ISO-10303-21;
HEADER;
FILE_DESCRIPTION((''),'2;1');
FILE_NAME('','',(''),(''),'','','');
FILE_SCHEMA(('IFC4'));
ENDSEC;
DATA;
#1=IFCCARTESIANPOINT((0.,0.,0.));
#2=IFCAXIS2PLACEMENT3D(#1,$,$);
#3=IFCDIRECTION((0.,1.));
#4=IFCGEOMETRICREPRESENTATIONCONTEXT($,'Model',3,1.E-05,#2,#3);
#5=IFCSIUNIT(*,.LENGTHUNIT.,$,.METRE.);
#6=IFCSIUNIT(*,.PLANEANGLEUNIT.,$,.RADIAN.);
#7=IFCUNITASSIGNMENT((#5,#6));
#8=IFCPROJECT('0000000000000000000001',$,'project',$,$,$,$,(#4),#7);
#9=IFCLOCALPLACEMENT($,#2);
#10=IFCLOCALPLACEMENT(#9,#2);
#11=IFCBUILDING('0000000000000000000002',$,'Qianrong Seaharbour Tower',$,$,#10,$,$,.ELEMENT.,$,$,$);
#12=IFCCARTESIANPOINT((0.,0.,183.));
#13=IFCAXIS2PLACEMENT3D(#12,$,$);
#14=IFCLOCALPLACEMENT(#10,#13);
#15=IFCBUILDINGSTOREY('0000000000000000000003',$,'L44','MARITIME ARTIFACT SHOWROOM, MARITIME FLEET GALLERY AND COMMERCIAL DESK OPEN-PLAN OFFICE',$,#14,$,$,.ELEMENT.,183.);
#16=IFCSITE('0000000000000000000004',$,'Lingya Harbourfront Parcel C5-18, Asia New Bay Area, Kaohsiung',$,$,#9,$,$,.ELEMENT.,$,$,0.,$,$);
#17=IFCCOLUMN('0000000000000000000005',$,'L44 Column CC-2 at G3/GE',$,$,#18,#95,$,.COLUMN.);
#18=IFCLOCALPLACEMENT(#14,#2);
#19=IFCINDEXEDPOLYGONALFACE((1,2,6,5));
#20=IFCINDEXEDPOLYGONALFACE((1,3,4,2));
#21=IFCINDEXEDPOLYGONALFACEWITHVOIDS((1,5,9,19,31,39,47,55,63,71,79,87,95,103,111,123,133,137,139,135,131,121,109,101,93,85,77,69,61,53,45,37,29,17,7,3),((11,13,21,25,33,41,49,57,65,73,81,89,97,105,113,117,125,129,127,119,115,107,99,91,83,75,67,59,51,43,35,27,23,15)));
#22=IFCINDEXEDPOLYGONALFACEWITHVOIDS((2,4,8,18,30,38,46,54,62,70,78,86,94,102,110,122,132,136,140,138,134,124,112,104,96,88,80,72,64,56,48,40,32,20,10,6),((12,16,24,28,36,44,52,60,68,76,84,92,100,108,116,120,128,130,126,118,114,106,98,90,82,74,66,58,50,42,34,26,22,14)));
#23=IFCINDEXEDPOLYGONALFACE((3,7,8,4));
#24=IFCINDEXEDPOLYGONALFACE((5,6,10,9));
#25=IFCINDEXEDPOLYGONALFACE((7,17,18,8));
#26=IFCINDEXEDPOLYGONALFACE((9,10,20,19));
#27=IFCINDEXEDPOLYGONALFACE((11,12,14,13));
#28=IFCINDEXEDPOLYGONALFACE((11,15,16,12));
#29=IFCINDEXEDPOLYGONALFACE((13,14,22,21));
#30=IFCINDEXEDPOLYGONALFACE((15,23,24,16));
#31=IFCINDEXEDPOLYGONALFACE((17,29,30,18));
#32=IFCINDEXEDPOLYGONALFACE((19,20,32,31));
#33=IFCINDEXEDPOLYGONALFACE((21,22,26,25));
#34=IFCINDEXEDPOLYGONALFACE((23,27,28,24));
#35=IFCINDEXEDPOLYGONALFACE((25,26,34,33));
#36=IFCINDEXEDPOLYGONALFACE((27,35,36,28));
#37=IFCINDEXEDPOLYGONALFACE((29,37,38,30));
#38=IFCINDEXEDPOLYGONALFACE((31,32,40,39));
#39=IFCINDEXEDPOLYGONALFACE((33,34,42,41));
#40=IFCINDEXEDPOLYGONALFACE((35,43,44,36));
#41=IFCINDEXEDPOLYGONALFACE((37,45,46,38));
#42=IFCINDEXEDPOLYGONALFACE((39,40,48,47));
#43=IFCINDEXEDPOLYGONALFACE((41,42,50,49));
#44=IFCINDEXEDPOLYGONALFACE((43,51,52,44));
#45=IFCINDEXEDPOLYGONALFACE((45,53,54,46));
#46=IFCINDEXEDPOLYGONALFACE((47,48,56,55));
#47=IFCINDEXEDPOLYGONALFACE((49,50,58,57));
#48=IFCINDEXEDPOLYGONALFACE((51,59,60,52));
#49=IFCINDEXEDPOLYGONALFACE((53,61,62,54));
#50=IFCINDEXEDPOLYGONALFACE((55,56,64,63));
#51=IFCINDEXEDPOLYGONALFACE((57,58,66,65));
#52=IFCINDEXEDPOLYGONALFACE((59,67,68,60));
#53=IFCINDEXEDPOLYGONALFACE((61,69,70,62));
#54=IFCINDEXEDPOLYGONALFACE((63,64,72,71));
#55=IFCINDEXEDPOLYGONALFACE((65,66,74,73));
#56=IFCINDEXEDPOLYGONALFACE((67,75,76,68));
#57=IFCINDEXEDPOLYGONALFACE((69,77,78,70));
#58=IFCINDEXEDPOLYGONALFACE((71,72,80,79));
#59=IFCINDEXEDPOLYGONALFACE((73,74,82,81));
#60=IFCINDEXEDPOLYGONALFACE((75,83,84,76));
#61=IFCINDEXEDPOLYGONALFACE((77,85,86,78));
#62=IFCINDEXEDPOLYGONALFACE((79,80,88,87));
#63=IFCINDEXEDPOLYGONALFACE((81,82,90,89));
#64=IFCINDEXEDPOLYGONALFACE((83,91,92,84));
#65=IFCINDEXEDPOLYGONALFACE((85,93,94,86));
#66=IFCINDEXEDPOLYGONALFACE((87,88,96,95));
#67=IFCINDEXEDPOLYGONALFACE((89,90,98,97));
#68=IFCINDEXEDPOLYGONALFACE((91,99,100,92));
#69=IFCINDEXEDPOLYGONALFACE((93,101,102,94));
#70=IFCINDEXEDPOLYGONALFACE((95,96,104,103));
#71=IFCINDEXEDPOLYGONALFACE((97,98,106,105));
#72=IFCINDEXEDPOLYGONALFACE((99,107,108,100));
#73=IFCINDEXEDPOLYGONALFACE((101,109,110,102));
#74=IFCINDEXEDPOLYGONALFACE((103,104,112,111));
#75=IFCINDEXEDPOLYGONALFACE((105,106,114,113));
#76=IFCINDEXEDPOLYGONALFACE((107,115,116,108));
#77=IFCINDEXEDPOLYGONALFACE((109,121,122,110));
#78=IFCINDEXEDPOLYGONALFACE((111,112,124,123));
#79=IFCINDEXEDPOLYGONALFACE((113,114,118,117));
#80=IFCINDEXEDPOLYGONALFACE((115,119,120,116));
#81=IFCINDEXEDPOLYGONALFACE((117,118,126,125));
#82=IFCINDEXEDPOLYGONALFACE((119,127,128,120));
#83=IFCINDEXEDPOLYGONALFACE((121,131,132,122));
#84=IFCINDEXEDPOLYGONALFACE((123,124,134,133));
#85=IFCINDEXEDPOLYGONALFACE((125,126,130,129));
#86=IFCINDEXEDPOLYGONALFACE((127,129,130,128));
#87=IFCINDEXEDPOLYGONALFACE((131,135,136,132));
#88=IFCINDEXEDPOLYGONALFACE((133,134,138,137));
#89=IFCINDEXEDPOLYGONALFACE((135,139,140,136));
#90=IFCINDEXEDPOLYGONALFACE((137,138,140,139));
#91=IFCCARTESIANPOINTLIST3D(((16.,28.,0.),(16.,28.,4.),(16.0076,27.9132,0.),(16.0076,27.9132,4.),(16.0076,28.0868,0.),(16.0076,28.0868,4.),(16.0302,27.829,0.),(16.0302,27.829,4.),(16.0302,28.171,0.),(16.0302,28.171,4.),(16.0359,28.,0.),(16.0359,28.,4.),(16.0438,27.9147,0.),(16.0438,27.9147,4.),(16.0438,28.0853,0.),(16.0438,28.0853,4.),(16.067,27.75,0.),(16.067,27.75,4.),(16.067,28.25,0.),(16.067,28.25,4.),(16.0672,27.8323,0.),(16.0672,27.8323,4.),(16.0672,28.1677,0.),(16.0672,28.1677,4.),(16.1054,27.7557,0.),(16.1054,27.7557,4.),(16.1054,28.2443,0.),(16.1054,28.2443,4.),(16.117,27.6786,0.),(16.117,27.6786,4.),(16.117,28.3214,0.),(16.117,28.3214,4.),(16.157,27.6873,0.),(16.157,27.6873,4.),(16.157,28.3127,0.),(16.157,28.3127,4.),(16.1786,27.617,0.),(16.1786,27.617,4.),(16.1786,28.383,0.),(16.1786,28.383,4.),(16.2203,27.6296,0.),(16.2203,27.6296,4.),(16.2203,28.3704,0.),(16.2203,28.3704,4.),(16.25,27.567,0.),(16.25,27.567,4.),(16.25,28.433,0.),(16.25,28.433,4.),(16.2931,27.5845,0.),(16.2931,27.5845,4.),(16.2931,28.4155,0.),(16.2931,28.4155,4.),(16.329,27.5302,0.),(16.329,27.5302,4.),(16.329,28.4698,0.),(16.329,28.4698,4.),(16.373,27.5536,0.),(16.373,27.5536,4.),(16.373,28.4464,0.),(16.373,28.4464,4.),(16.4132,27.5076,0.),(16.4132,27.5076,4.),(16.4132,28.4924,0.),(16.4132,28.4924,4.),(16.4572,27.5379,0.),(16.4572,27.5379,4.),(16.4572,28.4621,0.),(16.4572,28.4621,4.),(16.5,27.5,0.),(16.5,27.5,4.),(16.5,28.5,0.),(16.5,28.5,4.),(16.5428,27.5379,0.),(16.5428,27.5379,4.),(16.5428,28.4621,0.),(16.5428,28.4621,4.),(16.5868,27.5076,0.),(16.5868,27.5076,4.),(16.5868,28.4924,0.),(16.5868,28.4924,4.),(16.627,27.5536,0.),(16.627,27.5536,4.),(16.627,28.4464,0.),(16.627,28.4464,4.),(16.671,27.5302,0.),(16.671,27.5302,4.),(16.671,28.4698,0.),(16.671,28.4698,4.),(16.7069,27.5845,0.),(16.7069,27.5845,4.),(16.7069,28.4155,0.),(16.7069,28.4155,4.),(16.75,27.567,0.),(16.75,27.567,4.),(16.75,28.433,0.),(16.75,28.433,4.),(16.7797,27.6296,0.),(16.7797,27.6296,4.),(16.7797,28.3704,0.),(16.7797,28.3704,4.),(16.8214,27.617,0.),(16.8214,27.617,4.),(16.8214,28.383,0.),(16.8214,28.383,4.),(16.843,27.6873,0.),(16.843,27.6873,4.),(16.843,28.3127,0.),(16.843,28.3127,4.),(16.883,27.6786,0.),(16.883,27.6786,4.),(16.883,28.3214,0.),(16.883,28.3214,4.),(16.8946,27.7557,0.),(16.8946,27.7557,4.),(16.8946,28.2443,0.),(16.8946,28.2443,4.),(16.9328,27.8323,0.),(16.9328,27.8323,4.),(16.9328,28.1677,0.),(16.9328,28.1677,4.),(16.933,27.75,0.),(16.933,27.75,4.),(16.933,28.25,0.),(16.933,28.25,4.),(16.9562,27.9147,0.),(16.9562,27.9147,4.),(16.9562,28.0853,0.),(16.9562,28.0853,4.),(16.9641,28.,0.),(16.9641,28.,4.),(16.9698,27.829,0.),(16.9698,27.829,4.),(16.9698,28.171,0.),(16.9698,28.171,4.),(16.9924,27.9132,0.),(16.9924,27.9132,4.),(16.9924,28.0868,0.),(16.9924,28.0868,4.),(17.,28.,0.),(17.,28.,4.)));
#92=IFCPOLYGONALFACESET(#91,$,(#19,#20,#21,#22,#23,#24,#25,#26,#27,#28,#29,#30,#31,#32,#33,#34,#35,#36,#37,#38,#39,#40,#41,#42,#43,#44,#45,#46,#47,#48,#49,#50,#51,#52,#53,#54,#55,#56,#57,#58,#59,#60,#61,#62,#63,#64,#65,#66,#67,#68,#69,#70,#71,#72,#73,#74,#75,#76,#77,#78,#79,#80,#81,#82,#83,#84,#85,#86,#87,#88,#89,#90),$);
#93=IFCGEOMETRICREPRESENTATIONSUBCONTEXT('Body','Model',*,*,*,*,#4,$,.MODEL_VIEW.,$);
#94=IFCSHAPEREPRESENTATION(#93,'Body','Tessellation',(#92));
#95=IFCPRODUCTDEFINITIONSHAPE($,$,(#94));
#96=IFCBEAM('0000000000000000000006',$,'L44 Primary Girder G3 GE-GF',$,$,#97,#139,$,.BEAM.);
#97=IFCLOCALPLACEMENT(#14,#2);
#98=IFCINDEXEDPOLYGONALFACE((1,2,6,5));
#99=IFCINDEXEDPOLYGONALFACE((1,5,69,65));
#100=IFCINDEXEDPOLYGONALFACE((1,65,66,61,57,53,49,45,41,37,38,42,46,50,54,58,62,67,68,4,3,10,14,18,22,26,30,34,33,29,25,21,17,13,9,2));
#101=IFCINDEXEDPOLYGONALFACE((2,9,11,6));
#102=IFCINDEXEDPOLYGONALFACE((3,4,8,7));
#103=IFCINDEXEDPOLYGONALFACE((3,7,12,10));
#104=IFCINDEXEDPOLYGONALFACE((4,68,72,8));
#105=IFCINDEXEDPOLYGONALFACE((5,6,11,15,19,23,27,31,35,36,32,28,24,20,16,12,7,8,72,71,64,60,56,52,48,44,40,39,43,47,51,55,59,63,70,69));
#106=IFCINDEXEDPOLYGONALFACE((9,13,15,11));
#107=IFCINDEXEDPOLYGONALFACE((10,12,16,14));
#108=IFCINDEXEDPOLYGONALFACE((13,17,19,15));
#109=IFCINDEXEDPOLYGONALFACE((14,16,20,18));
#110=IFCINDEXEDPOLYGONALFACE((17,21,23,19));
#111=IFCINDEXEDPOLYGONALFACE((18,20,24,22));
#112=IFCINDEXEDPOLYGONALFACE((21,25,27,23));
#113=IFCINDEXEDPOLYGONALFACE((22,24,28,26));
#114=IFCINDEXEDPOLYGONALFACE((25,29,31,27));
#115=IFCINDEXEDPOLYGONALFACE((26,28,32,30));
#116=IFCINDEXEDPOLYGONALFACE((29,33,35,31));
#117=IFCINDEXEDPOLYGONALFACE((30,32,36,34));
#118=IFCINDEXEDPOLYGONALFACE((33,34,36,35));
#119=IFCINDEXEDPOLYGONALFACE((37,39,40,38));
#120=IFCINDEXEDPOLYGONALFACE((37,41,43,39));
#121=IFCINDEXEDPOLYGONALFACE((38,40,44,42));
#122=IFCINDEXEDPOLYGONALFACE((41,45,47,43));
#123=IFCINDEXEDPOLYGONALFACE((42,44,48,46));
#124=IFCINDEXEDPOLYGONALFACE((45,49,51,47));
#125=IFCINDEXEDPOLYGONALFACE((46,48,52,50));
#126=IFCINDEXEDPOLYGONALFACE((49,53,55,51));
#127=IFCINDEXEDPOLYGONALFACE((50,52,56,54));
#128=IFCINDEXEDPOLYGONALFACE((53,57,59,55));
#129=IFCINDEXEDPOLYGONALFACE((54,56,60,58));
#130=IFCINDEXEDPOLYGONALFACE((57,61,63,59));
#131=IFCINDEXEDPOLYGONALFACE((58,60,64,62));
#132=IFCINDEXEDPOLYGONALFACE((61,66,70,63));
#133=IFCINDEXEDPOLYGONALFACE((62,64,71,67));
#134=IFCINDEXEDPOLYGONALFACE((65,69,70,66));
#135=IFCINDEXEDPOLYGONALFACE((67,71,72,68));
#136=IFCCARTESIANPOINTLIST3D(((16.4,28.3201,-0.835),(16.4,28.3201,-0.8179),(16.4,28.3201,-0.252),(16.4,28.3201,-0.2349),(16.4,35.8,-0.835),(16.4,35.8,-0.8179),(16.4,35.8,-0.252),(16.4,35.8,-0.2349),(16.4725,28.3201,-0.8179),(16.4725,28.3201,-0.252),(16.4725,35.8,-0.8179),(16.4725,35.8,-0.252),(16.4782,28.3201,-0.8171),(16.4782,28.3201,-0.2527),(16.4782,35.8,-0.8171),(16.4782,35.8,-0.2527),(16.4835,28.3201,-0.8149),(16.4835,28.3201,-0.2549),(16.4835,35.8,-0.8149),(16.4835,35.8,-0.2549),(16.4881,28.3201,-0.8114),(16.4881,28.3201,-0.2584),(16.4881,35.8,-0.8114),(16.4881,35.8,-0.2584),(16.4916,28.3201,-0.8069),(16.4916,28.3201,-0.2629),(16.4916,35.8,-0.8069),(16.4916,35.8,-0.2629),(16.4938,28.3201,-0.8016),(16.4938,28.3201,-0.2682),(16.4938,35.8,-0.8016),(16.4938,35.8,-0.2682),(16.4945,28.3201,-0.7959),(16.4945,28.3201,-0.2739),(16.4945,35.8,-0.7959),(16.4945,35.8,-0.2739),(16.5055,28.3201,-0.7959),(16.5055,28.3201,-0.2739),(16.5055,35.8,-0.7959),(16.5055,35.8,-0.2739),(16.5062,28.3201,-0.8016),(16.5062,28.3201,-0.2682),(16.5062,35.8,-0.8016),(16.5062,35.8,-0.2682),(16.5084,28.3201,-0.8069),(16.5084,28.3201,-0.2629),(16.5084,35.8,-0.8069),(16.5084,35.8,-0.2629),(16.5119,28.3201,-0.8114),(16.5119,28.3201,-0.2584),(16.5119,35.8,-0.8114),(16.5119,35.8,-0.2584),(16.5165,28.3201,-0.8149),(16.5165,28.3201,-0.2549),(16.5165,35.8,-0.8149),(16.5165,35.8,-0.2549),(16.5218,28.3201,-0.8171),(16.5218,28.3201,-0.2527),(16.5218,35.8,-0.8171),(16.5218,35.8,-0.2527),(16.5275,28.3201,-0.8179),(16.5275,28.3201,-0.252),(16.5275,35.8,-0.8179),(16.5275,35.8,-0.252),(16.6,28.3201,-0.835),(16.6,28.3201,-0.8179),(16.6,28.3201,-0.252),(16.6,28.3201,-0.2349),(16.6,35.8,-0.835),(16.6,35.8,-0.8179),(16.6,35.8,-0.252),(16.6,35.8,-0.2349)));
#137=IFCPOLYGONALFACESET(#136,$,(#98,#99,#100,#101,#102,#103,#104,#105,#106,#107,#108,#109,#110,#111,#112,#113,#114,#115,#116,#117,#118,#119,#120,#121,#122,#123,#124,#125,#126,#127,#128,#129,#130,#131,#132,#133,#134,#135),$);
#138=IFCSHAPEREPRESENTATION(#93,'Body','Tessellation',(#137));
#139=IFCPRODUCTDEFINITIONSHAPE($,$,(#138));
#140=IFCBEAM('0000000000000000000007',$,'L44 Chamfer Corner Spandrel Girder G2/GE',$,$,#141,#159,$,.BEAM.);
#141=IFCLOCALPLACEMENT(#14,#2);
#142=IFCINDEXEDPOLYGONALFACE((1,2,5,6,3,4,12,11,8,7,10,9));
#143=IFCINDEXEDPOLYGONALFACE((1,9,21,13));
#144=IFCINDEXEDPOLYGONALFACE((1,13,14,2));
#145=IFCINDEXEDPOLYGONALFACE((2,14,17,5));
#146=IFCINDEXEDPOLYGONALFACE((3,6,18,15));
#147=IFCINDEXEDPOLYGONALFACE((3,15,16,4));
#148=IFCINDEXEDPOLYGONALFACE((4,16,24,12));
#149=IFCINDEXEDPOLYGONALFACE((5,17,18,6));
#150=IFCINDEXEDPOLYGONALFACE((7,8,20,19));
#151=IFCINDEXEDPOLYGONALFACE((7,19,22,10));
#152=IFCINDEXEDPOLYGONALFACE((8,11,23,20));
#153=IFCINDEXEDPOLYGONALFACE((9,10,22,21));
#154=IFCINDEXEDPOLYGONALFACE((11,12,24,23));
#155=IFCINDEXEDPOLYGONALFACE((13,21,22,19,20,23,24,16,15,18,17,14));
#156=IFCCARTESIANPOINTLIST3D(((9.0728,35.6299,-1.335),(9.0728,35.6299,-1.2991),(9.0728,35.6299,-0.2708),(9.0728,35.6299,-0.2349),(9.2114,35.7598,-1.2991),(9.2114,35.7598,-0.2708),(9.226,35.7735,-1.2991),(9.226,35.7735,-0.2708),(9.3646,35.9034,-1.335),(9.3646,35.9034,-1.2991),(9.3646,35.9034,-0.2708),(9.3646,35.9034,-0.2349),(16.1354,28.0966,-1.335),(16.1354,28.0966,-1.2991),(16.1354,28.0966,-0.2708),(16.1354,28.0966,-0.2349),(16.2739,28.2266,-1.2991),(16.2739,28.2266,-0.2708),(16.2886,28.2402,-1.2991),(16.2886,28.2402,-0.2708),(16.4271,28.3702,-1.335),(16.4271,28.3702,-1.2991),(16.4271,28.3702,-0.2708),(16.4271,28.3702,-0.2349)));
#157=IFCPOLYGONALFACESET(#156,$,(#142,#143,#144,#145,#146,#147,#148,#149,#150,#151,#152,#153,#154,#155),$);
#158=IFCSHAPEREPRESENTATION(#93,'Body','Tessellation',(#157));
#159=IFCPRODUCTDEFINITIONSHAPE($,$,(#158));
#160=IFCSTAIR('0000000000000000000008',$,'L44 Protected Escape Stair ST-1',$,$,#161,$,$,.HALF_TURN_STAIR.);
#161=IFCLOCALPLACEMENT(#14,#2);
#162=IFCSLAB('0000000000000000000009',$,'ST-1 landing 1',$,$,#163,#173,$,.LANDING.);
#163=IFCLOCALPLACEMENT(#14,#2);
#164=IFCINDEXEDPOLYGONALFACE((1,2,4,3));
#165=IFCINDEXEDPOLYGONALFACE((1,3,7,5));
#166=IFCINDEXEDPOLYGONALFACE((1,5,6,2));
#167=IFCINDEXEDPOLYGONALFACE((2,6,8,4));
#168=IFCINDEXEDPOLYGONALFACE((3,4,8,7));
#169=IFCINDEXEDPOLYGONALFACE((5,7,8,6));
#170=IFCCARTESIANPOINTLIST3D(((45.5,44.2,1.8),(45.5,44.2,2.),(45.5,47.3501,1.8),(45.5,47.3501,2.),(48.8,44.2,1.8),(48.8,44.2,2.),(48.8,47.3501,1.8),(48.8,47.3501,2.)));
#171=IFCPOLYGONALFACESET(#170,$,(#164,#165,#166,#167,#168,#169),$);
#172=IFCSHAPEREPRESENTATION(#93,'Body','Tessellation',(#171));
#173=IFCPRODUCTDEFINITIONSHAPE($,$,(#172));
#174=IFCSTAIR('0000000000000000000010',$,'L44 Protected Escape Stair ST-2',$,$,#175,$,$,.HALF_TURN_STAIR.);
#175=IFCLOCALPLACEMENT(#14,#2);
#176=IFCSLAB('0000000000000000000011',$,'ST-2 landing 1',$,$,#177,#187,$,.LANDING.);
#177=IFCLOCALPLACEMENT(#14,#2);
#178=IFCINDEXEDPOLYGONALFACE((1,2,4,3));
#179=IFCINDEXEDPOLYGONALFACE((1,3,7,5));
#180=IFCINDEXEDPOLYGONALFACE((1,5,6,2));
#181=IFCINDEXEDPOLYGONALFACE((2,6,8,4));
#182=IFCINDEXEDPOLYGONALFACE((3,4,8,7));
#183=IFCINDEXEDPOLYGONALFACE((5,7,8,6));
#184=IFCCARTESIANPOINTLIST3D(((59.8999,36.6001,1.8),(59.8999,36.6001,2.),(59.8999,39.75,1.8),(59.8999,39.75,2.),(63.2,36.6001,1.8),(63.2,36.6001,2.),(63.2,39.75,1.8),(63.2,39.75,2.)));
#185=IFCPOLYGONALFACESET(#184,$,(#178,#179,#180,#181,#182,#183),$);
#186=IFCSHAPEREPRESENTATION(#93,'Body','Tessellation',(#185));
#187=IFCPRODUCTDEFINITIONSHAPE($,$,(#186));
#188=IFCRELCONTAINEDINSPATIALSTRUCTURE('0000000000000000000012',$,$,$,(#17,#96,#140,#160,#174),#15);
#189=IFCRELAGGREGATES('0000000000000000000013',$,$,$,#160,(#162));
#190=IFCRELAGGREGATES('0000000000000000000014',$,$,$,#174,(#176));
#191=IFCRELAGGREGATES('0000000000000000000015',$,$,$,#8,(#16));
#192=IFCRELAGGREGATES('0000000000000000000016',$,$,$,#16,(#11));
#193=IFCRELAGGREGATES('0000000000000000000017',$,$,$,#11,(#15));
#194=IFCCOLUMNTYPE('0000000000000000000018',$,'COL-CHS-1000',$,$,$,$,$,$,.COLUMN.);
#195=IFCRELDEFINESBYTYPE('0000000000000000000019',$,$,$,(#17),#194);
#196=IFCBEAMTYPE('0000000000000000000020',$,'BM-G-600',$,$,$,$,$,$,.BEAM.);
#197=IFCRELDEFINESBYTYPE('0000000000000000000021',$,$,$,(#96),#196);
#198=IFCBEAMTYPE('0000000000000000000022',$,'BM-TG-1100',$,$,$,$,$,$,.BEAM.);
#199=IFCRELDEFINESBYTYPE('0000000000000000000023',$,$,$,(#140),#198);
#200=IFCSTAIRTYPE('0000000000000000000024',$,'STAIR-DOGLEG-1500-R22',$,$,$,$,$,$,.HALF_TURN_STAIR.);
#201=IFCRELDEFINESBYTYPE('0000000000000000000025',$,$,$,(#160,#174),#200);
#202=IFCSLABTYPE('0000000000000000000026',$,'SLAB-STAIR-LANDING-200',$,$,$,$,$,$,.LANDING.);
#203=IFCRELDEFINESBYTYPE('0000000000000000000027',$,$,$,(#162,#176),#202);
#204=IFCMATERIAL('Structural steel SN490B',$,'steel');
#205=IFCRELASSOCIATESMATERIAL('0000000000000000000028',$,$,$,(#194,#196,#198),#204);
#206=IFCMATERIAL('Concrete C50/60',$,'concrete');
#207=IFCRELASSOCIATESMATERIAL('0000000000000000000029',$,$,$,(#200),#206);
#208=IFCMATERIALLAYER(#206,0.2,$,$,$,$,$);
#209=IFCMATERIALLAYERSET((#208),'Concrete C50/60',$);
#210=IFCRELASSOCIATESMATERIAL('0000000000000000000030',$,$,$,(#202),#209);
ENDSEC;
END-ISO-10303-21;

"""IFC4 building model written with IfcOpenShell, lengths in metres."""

from ifc_helpers import new_model, si_unit, direction, frame, origin, origin_2d, place, context, subcontext, project, spatial, polyline, hollow_circle, i_section, outline, extrude, material, layer, layer_set, material_profile, profile_set, type_object, element, aggregate, save


model = new_model("IFC4")

# Units and contexts
model_context = context("Model", 3, precision=1e-05, world=origin(), true_north=direction((0.0, 1.0)))
body_context = subcontext(model_context, "Body", "Model", "MODEL_VIEW")
ifc_project = project(units=[si_unit("LENGTHUNIT", "METRE"), si_unit("PLANEANGLEUNIT", "RADIAN")], contexts=[model_context])

# Site, building, storey
site_placement = place(None, origin())
site = spatial("IfcSite", under=ifc_project, at=site_placement, Name="Lingya Harbourfront Parcel C5-18, Asia New Bay Area, Kaohsiung", CompositionType="ELEMENT", RefElevation=0.0)
building_placement = place(site_placement, origin())
building = spatial("IfcBuilding", under=site, at=building_placement, Name="Qianrong Seaharbour Tower", CompositionType="ELEMENT")
storey_placement = place(building_placement, frame((0.0, 0.0, 183.0)))
storey = spatial("IfcBuildingStorey", under=building, at=storey_placement, Name="L44", Description="MARITIME ARTIFACT SHOWROOM, MARITIME FLEET GALLERY AND COMMERCIAL DESK OPEN-PLAN OFFICE", CompositionType="ELEMENT", Elevation=183.0)

# Column
ifc_material_1 = material(Name="Structural steel SN490B", Category="steel")
ifc_material_profile_1 = material_profile(ifc_material_1, hollow_circle(Radius=0.5, WallThickness=0.0359, at=origin_2d()), Name="CHS1000x36")
ifc_profile_set_1 = profile_set([ifc_material_profile_1], Name="Structural steel SN490B")
column_type = type_object("IfcColumnType", Name="COL-CHS-1000", PredefinedType="COLUMN", material=ifc_profile_set_1)
column_placement = place(storey_placement, frame((16.5, 28.0, 0.0), z_axis=(0.0, 0.0, 1.0), x_axis=(1.0, 0.0, 0.0)))
element("IfcColumn", 1, at=column_placement, inside=storey, type_object=column_type, Name="L44 Column CC-2 at G3/GE", PredefinedType="COLUMN", context=body_context, shape_type="SweptSolid", body=[
    extrude(hollow_circle(Radius=0.5, WallThickness=0.0359, at=origin_2d()), origin(), (0.0, 0.0, 1.0), 4.0),
])

# Beams
ifc_material_profile_2 = material_profile(ifc_material_1, i_section(OverallWidth=0.2, OverallDepth=0.6001, WebThickness=0.011, FlangeThickness=0.0171, FilletRadius=0.022, at=origin_2d()), Name="H600x200x11x17")
ifc_profile_set_2 = profile_set([ifc_material_profile_2], Name="Structural steel SN490B")
beam_type_1 = type_object("IfcBeamType", Name="BM-G-600", PredefinedType="BEAM", material=ifc_profile_set_2)
beam_1_placement = place(storey_placement, frame((16.5, 28.3201, -0.5349), z_axis=(0.0, 1.0, 0.0), x_axis=(-1.0, 0.0, 0.0)))
element("IfcBeam", 2, at=beam_1_placement, inside=storey, type_object=beam_type_1, Name="L44 Primary Girder G3 GE-GF", PredefinedType="BEAM", context=body_context, shape_type="SweptSolid", body=[
    extrude(i_section(OverallWidth=0.2, OverallDepth=0.6001, WebThickness=0.011, FlangeThickness=0.0171, FilletRadius=0.022, at=origin_2d()), origin(), (0.0, 0.0, 1.0), 7.48),
])
ifc_material_profile_3 = material_profile(ifc_material_1, i_section(OverallWidth=0.3999, OverallDepth=1.1001, WebThickness=0.02, FlangeThickness=0.0359, at=origin_2d()), Name="BH1100x400x20x36")
ifc_profile_set_3 = profile_set([ifc_material_profile_3], Name="Structural steel SN490B")
beam_type_2 = type_object("IfcBeamType", Name="BM-TG-1100", PredefinedType="BEAM", material=ifc_profile_set_3)
beam_2_placement = place(storey_placement, frame((16.2812, 28.2334, -0.7849), z_axis=(-0.683947, 0.729531, 0.0), x_axis=(-0.729531, -0.683947, 0.0)))
element("IfcBeam", 3, at=beam_2_placement, inside=storey, type_object=beam_type_2, Name="L44 Chamfer Corner Spandrel Girder G2/GE", PredefinedType="BEAM", context=body_context, shape_type="SweptSolid", body=[
    extrude(i_section(OverallWidth=0.3999, OverallDepth=1.1001, WebThickness=0.02, FlangeThickness=0.0359, at=origin_2d()), origin(), (0.0, 0.0, 1.0), 10.3262),
])

# Stairs, slabs
ifc_material_2 = material(Name="Concrete C50/60", Category="concrete")
stair_type = type_object("IfcStairType", Name="STAIR-DOGLEG-1500-R22", PredefinedType="HALF_TURN_STAIR", material=ifc_material_2)
stair_1_placement = place(storey_placement, origin())
stair_1 = element("IfcStair", 4, at=stair_1_placement, inside=storey, type_object=stair_type, Name="L44 Protected Escape Stair ST-1", PredefinedType="HALF_TURN_STAIR")
ifc_layer_1 = layer(ifc_material_2, 0.2)
ifc_layer_set_1 = layer_set([ifc_layer_1], Name="Concrete C50/60")
slab_type_1 = type_object("IfcSlabType", Name="SLAB-STAIR-LANDING-200", PredefinedType="LANDING", material=ifc_layer_set_1)
slab_1_placement = place(storey_placement, frame((0.0, 0.0, 1.8)))
slab_1 = element("IfcSlab", 5, at=slab_1_placement, type_object=slab_type_1, Name="ST-1 landing 1", PredefinedType="LANDING", context=body_context, shape_type="SweptSolid", body=[
    extrude(outline(polyline([(45.5, 44.2), (48.8, 44.2), (48.8, 47.3501), (45.5, 47.3501), (45.5, 44.2)])), origin(), (0.0, 0.0, 1.0), 0.2),
])
aggregate(stair_1, [slab_1])
stair_2_placement = place(storey_placement, origin())
stair_2 = element("IfcStair", 6, at=stair_2_placement, inside=storey, type_object=stair_type, Name="L44 Protected Escape Stair ST-2", PredefinedType="HALF_TURN_STAIR")
slab_2_placement = place(storey_placement, frame((0.0, 0.0, 1.8)))
slab_2 = element("IfcSlab", 7, at=slab_2_placement, type_object=slab_type_1, Name="ST-2 landing 1", PredefinedType="LANDING", context=body_context, shape_type="SweptSolid", body=[
    extrude(outline(polyline([(59.8999, 36.6001), (63.2, 36.6001), (63.2, 39.75), (59.8999, 39.75), (59.8999, 36.6001)])), origin(), (0.0, 0.0, 1.0), 0.2),
])
aggregate(stair_2, [slab_2])

save(model, "model.ifc")
